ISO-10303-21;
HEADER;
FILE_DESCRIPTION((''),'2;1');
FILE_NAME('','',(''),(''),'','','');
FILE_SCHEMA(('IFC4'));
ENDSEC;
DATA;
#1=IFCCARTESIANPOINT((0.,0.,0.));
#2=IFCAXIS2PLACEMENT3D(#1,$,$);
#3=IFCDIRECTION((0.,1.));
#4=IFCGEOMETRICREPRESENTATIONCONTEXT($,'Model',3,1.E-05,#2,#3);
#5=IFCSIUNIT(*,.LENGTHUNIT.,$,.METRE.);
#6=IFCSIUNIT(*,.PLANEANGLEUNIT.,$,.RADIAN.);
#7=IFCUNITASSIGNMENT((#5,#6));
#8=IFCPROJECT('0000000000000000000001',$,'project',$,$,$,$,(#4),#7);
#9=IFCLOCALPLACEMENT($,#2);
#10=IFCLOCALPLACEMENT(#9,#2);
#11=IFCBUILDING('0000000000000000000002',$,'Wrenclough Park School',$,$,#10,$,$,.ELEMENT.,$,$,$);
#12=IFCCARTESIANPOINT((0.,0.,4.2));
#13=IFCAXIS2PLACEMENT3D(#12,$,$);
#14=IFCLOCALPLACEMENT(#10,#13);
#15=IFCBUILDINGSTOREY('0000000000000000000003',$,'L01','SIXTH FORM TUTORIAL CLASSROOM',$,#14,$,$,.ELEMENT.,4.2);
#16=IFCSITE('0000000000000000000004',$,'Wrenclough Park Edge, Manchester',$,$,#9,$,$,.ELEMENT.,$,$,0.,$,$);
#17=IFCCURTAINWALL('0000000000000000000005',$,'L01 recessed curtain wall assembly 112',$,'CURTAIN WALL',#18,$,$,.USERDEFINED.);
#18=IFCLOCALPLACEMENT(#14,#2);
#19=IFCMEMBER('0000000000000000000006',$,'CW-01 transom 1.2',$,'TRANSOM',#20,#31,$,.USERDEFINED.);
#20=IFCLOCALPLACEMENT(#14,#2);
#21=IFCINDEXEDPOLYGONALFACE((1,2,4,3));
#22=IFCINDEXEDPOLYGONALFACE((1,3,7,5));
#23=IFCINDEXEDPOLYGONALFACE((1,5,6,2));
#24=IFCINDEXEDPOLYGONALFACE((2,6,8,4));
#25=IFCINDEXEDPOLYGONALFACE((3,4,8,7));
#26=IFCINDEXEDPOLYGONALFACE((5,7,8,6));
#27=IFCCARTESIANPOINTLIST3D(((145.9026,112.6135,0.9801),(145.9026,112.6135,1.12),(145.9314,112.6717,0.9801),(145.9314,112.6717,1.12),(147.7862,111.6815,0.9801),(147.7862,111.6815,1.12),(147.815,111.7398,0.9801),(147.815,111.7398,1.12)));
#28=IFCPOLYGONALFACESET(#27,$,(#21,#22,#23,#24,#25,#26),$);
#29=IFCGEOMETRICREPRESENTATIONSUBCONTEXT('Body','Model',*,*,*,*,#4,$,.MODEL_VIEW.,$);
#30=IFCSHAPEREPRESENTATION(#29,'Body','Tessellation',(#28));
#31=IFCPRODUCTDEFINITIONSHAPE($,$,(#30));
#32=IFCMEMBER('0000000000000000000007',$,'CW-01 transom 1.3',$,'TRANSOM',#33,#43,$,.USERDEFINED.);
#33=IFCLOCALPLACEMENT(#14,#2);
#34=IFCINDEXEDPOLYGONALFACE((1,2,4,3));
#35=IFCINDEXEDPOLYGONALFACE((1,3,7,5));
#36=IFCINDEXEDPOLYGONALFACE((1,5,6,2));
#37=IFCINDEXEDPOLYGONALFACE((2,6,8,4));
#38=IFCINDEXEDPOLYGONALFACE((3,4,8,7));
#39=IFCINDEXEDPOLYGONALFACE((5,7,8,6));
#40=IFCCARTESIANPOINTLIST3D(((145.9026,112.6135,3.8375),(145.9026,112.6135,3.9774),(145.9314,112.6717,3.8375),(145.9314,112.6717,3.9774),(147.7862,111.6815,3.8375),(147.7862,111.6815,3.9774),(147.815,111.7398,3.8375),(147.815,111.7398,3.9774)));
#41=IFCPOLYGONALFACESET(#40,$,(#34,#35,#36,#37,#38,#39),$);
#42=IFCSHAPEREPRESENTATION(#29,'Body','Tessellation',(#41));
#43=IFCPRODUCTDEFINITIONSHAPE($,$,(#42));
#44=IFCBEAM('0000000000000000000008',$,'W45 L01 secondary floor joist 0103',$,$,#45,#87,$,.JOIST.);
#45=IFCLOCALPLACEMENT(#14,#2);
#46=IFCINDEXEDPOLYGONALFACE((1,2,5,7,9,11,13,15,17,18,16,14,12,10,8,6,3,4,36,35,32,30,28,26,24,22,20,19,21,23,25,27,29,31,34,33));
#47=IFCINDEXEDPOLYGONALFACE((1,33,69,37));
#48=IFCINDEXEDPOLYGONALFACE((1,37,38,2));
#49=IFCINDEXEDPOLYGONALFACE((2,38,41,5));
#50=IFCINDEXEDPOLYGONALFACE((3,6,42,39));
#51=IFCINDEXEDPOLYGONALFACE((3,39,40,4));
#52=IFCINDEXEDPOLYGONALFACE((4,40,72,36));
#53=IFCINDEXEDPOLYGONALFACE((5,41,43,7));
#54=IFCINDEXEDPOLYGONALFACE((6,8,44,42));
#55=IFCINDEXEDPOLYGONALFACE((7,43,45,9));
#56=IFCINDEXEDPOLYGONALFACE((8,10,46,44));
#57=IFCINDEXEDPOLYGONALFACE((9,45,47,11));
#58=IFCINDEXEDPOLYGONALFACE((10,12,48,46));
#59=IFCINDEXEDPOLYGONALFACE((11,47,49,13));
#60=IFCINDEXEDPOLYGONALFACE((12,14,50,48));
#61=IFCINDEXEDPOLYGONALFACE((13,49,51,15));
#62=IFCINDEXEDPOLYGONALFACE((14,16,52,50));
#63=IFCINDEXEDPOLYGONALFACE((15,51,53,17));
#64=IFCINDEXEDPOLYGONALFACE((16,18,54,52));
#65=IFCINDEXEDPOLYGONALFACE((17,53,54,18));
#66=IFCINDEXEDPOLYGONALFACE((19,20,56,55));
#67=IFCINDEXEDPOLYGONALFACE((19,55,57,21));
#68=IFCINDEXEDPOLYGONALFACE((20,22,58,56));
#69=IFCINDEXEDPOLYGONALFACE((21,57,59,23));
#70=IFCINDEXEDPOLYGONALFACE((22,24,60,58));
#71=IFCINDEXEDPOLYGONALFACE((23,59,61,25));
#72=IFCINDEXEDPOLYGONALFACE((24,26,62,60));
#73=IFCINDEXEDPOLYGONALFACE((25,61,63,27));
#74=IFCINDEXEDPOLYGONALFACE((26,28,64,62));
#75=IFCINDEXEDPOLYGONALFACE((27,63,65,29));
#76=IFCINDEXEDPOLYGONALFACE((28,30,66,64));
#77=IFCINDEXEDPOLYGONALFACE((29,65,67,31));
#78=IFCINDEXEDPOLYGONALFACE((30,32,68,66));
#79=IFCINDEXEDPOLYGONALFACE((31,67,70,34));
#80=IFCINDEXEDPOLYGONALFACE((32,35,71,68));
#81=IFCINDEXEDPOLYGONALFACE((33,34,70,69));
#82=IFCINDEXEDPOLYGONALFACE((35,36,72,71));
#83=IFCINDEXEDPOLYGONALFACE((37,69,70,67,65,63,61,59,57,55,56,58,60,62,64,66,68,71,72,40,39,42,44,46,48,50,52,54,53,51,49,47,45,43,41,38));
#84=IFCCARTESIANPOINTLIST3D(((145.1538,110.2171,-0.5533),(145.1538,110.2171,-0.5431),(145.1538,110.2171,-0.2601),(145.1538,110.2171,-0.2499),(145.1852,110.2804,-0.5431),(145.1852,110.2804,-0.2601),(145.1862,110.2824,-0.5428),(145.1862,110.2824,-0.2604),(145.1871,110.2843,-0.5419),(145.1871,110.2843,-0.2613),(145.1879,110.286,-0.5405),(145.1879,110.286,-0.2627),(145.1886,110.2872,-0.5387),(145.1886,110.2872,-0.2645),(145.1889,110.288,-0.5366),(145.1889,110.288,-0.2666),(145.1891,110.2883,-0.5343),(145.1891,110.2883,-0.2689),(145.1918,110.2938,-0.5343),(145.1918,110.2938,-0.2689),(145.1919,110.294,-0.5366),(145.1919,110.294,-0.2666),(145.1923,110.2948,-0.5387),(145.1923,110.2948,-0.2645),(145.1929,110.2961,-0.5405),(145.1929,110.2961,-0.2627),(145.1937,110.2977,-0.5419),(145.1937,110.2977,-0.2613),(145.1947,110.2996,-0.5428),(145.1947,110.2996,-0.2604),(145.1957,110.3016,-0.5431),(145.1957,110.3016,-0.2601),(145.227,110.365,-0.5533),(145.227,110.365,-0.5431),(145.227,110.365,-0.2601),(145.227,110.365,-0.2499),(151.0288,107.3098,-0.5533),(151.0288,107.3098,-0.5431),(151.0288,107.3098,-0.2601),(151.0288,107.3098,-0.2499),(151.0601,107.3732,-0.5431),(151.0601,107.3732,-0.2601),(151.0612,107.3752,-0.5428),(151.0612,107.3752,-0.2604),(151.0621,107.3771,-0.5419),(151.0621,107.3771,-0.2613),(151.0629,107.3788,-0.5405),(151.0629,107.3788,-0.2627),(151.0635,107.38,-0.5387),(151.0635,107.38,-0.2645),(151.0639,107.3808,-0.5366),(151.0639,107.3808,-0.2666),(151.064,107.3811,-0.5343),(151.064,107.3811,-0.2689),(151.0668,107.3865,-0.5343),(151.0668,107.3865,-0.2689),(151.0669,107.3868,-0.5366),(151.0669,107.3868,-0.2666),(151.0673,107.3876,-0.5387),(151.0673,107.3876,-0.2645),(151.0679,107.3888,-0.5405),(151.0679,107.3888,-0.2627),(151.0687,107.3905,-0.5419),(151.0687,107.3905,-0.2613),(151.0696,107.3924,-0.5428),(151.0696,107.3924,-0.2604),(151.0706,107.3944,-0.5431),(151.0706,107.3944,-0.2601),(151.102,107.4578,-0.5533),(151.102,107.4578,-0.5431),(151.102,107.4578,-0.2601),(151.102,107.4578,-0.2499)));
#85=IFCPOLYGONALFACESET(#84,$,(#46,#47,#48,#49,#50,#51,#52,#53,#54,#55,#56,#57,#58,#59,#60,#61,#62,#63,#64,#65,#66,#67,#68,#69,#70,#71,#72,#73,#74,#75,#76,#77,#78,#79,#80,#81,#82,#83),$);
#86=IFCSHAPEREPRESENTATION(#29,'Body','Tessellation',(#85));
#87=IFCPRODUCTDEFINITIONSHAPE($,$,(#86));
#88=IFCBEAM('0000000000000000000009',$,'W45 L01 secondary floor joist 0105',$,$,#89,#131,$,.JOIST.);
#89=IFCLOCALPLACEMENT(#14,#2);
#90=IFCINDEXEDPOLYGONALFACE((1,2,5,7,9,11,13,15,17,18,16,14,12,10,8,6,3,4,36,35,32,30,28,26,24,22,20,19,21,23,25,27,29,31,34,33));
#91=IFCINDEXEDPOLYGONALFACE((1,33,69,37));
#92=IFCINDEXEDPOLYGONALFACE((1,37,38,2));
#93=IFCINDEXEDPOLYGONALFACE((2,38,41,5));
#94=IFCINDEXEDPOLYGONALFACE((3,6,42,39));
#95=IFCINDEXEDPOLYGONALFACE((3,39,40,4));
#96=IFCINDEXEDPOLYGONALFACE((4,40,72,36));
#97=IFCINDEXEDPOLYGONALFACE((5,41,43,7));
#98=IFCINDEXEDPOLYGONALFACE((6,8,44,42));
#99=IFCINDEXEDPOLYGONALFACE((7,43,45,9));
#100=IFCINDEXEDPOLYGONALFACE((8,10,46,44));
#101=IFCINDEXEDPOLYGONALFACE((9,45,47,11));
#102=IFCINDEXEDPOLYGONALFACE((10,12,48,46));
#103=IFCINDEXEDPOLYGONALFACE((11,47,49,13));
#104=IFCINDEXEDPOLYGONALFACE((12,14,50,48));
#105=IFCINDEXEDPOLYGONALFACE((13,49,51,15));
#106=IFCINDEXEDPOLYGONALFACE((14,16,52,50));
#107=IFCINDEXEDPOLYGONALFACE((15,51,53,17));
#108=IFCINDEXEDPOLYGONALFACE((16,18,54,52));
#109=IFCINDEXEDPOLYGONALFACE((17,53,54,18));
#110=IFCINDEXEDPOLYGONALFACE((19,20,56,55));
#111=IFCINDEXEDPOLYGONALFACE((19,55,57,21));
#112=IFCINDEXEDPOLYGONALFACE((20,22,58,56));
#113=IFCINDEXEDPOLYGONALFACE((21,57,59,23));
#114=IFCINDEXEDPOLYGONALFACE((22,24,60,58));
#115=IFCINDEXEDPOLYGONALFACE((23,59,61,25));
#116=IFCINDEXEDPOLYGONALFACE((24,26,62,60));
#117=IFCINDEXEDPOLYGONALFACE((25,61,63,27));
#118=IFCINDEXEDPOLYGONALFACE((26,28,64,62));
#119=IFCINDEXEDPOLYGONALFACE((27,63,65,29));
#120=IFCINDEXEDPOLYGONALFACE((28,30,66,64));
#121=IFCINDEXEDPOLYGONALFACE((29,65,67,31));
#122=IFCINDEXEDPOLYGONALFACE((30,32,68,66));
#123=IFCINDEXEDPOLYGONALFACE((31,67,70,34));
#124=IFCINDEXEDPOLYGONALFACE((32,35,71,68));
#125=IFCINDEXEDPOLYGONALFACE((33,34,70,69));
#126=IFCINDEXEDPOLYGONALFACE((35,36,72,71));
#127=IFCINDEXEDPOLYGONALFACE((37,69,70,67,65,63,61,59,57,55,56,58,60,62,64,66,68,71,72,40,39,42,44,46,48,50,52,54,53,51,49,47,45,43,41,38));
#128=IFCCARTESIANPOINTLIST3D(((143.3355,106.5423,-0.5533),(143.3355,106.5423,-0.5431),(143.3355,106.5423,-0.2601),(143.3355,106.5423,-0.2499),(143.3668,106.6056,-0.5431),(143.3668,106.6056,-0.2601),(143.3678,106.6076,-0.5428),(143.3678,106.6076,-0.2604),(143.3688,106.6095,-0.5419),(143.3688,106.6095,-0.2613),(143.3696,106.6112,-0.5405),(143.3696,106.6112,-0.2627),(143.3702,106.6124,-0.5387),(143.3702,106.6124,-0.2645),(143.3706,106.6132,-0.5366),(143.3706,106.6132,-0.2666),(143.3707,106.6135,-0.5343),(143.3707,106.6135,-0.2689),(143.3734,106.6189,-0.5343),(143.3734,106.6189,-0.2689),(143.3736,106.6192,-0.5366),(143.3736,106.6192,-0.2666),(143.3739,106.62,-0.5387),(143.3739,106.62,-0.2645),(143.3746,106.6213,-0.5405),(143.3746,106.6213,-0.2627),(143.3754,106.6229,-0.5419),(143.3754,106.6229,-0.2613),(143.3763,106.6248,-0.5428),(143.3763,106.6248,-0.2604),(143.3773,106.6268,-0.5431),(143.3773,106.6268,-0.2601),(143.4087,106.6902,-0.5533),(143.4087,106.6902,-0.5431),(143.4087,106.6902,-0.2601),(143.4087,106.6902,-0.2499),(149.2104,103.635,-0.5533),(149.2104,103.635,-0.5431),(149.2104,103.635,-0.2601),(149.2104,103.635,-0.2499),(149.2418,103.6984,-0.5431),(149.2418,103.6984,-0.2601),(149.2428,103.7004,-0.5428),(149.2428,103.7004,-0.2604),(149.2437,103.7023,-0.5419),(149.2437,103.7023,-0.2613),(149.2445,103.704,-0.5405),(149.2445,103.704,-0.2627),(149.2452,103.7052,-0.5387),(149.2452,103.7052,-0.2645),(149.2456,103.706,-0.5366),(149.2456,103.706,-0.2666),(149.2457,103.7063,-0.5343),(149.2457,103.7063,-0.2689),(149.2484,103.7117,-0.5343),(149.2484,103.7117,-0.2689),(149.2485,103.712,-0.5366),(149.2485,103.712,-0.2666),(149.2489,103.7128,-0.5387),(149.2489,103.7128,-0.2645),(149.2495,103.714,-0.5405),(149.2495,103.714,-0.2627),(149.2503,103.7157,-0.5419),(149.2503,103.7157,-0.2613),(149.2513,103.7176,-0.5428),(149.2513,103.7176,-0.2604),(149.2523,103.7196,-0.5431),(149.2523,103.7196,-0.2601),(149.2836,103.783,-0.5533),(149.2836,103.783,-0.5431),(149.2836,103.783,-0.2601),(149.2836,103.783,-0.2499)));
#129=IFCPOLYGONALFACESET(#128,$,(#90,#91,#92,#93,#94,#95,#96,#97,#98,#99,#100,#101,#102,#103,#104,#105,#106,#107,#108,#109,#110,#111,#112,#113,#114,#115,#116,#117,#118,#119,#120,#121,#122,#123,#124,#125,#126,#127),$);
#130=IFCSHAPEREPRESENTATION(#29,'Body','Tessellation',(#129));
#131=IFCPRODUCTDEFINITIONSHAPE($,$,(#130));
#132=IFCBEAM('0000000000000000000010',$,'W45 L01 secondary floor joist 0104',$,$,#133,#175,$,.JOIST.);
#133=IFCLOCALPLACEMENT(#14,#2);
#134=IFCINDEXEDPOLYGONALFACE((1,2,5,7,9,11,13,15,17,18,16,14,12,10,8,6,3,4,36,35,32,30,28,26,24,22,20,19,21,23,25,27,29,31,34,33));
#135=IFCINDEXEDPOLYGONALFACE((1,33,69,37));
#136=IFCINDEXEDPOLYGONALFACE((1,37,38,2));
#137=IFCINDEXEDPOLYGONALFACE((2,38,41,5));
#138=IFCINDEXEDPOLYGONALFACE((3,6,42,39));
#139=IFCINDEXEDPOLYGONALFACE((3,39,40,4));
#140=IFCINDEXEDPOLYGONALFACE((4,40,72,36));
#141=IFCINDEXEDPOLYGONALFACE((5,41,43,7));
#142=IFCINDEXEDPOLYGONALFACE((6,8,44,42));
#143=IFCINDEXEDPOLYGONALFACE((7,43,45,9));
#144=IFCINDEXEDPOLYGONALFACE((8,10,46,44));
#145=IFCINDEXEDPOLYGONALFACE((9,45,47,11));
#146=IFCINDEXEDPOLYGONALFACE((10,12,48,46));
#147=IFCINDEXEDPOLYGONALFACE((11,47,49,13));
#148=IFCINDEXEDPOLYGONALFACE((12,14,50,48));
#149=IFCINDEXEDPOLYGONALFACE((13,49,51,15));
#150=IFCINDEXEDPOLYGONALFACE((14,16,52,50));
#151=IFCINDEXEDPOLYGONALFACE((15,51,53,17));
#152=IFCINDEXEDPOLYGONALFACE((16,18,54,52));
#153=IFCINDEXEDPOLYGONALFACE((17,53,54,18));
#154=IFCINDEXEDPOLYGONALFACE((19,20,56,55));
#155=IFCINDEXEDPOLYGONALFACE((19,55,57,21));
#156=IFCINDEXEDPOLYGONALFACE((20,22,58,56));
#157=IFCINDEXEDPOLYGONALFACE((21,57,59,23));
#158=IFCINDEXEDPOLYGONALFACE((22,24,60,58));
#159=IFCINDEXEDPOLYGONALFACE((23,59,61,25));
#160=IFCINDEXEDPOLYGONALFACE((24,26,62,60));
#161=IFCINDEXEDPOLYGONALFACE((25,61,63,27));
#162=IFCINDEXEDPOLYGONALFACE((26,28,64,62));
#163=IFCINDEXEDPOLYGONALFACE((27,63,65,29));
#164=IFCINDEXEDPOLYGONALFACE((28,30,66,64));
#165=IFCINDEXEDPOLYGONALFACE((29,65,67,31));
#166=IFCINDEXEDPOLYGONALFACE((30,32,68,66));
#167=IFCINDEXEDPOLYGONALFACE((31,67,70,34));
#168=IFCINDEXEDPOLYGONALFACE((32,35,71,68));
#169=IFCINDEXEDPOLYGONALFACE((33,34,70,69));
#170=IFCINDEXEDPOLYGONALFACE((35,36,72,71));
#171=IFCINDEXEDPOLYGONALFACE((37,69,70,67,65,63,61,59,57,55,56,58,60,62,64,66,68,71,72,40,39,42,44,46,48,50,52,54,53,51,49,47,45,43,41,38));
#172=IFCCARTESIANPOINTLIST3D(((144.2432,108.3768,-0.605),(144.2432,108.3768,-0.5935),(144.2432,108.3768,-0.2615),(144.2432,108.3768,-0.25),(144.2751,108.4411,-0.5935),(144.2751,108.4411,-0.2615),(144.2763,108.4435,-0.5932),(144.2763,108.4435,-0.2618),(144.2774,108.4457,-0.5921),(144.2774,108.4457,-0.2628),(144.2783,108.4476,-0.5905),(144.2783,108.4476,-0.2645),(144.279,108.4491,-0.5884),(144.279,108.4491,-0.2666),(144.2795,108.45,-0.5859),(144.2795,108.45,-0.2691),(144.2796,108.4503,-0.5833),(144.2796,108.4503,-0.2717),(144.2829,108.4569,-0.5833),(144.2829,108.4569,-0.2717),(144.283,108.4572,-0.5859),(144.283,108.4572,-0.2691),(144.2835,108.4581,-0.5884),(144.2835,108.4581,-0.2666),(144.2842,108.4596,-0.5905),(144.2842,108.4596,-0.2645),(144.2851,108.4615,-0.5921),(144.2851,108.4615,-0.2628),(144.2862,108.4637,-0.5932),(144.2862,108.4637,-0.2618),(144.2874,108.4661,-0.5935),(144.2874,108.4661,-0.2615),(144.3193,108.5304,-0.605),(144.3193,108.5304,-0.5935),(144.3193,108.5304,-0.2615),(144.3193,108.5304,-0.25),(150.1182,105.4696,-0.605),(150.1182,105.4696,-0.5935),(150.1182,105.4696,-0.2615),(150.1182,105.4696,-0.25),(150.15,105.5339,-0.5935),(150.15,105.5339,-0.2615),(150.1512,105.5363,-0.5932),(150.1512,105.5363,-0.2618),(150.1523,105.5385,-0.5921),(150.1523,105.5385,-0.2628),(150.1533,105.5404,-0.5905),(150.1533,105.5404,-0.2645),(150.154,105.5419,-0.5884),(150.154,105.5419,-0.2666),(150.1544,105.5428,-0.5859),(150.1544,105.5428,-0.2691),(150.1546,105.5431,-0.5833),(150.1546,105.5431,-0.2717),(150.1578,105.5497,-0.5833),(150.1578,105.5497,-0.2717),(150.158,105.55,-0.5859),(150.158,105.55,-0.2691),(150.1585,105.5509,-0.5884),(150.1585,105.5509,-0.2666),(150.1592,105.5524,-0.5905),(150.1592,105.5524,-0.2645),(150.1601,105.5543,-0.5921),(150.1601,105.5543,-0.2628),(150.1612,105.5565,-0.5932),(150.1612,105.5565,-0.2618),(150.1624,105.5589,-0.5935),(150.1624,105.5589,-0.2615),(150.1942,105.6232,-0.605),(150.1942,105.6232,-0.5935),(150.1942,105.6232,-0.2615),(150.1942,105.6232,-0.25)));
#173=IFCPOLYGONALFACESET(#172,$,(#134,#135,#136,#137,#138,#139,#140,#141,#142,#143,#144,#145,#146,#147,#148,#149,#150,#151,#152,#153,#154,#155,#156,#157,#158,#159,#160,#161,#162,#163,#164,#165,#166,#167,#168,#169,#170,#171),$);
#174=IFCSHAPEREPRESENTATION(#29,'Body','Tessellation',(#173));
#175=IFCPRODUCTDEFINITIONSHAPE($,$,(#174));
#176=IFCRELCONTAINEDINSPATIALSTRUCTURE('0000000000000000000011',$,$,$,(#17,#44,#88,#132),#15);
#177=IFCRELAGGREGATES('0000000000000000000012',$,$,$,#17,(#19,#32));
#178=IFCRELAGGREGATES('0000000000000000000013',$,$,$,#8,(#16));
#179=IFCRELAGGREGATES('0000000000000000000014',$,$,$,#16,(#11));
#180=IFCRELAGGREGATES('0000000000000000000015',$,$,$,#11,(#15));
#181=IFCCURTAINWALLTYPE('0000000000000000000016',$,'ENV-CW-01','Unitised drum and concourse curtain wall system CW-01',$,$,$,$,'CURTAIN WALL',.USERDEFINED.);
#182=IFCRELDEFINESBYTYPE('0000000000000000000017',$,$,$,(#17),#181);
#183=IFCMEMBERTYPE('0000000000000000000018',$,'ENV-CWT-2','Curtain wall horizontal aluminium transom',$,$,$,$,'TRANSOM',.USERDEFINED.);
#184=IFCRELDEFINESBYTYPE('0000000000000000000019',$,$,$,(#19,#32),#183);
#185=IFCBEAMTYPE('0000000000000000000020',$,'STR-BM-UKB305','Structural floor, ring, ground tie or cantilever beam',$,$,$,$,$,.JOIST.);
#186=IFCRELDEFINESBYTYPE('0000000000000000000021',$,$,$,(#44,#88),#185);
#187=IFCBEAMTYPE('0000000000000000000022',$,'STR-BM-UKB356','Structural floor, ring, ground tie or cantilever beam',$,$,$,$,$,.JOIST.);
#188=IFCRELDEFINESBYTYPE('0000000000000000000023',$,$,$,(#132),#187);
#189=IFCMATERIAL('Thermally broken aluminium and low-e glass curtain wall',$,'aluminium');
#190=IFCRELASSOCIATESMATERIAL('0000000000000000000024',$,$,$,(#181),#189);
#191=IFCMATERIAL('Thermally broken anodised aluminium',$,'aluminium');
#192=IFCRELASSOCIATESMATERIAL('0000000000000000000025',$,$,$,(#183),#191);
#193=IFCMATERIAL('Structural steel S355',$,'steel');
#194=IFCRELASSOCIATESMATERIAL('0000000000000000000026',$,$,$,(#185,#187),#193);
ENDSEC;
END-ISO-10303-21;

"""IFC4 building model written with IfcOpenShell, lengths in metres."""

from ifc_helpers import new_model, si_unit, direction, frame, origin, origin_2d, place, context, subcontext, project, spatial, rectangle, i_section, extrude, material, material_profile, profile_set, type_object, element, aggregate, save


model = new_model("IFC4")

# Units and contexts
model_context = context("Model", 3, precision=1e-05, world=origin(), true_north=direction((0.0, 1.0)))
body_context = subcontext(model_context, "Body", "Model", "MODEL_VIEW")
ifc_project = project(units=[si_unit("LENGTHUNIT", "METRE"), si_unit("PLANEANGLEUNIT", "RADIAN")], contexts=[model_context])

# Site, building, storey
site_placement = place(None, origin())
site = spatial("IfcSite", under=ifc_project, at=site_placement, Name="Wrenclough Park Edge, Manchester", CompositionType="ELEMENT", RefElevation=0.0)
building_placement = place(site_placement, origin())
building = spatial("IfcBuilding", under=site, at=building_placement, Name="Wrenclough Park School", CompositionType="ELEMENT")
storey_placement = place(building_placement, frame((0.0, 0.0, 4.2)))
storey = spatial("IfcBuildingStorey", under=building, at=storey_placement, Name="L01", Description="SIXTH FORM TUTORIAL CLASSROOM", CompositionType="ELEMENT", Elevation=4.2)

# Shared definitions
ifc_material_1 = material(Name="Thermally broken aluminium and low-e glass curtain wall", Category="aluminium")
ifc_material_2 = material(Name="Thermally broken anodised aluminium", Category="aluminium")

# Curtain wall
curtain_wall_type_1 = type_object("IfcCurtainWallType", Name="ENV-CW-01", Description="Unitised drum and concourse curtain wall system CW-01", ElementType="CURTAIN WALL", PredefinedType="USERDEFINED", material=ifc_material_1)
curtain_wall_1_placement = place(storey_placement, origin())
curtain_wall_1 = element("IfcCurtainWall", 1, at=curtain_wall_1_placement, inside=storey, type_object=curtain_wall_type_1, Name="L01 recessed curtain wall assembly 112", ObjectType="CURTAIN WALL", PredefinedType="USERDEFINED")

# Members
ifc_material_profile_1 = material_profile(ifc_material_2, rectangle(XDim=0.0649, YDim=0.1399, at=origin_2d()), Name="AL TRANSOM 65x140")
ifc_profile_set_1 = profile_set([ifc_material_profile_1], Name="Thermally broken anodised aluminium")
member_type_1 = type_object("IfcMemberType", Name="ENV-CWT-2", Description="Curtain wall horizontal aluminium transom", ElementType="TRANSOM", PredefinedType="USERDEFINED", material=ifc_profile_set_1)
member_1_placement = place(storey_placement, frame((145.917, 112.6426, 1.05), z_axis=(0.896301, -0.443446, 0.0), x_axis=(0.443446, 0.896301, 0.0)))
member_1 = element("IfcMember", 2, at=member_1_placement, type_object=member_type_1, Name="CW-01 transom 1.2", ObjectType="TRANSOM", PredefinedType="USERDEFINED", context=body_context, shape_type="SweptSolid", body=[
    extrude(rectangle(XDim=0.0649, YDim=0.1399, at=origin_2d()), origin(), (0.0, 0.0, 1.0), 2.1016),
])
member_2_placement = place(storey_placement, frame((145.917, 112.6426, 3.9075), z_axis=(0.896301, -0.443446, 0.0), x_axis=(0.443446, 0.896301, 0.0)))
member_2 = element("IfcMember", 3, at=member_2_placement, type_object=member_type_1, Name="CW-01 transom 1.3", ObjectType="TRANSOM", PredefinedType="USERDEFINED", context=body_context, shape_type="SweptSolid", body=[
    extrude(rectangle(XDim=0.0649, YDim=0.1399, at=origin_2d()), origin(), (0.0, 0.0, 1.0), 2.1016),
])
aggregate(curtain_wall_1, [member_1, member_2])

# Beams
ifc_material_3 = material(Name="Structural steel S355", Category="steel")
ifc_material_profile_2 = material_profile(ifc_material_3, i_section(OverallWidth=0.165, OverallDepth=0.3035, WebThickness=0.0061, FlangeThickness=0.0103, FilletRadius=0.0088, at=origin_2d()), Name="UKB 305x165x40")
ifc_profile_set_2 = profile_set([ifc_material_profile_2], Name="Structural steel S355")
beam_type_1 = type_object("IfcBeamType", Name="STR-BM-UKB305", Description="Structural floor, ring, ground tie or cantilever beam", PredefinedType="JOIST", material=ifc_profile_set_2)
for number, where, z_axis, x_axis, name in (
    (4, (145.1904, 110.291, -0.4016), (0.896267, -0.443515, 0.0), (0.443515, 0.896267, 0.0), "W45 L01 secondary floor joist 0103"),
    (5, (143.3721, 106.6162, -0.4016), (0.896267, -0.443515, 0.0), (0.443515, 0.896267, 0.0), "W45 L01 secondary floor joist 0105"),
):
    element("IfcBeam", number, at=place(storey_placement, frame(where, z_axis=z_axis, x_axis=x_axis)), inside=storey, type_object=beam_type_1, Name=name, PredefinedType="JOIST", context=body_context, shape_type="SweptSolid", body=[
        extrude(i_section(OverallWidth=0.165, OverallDepth=0.3035, WebThickness=0.0061, FlangeThickness=0.0103, FilletRadius=0.0088, at=origin_2d()), origin(), (0.0, 0.0, 1.0), 6.5549),
    ])
ifc_material_profile_3 = material_profile(ifc_material_3, i_section(OverallWidth=0.1714, OverallDepth=0.355, WebThickness=0.0073, FlangeThickness=0.0115, FilletRadius=0.0103, at=origin_2d()), Name="UKB 356x171x51")
ifc_profile_set_3 = profile_set([ifc_material_profile_3], Name="Structural steel S355")
beam_type_2 = type_object("IfcBeamType", Name="STR-BM-UKB356", Description="Structural floor, ring, ground tie or cantilever beam", PredefinedType="JOIST", material=ifc_profile_set_3)
beam_1_placement = place(storey_placement, frame((144.2812, 108.4536, -0.4275), z_axis=(0.896267, -0.443515, 0.0), x_axis=(0.443515, 0.896267, 0.0)))
element("IfcBeam", 6, at=beam_1_placement, inside=storey, type_object=beam_type_2, Name="W45 L01 secondary floor joist 0104", PredefinedType="JOIST", context=body_context, shape_type="SweptSolid", body=[
    extrude(i_section(OverallWidth=0.1714, OverallDepth=0.355, WebThickness=0.0073, FlangeThickness=0.0115, FilletRadius=0.0103, at=origin_2d()), origin(), (0.0, 0.0, 1.0), 6.5549),
])

save(model, "model.ifc")
